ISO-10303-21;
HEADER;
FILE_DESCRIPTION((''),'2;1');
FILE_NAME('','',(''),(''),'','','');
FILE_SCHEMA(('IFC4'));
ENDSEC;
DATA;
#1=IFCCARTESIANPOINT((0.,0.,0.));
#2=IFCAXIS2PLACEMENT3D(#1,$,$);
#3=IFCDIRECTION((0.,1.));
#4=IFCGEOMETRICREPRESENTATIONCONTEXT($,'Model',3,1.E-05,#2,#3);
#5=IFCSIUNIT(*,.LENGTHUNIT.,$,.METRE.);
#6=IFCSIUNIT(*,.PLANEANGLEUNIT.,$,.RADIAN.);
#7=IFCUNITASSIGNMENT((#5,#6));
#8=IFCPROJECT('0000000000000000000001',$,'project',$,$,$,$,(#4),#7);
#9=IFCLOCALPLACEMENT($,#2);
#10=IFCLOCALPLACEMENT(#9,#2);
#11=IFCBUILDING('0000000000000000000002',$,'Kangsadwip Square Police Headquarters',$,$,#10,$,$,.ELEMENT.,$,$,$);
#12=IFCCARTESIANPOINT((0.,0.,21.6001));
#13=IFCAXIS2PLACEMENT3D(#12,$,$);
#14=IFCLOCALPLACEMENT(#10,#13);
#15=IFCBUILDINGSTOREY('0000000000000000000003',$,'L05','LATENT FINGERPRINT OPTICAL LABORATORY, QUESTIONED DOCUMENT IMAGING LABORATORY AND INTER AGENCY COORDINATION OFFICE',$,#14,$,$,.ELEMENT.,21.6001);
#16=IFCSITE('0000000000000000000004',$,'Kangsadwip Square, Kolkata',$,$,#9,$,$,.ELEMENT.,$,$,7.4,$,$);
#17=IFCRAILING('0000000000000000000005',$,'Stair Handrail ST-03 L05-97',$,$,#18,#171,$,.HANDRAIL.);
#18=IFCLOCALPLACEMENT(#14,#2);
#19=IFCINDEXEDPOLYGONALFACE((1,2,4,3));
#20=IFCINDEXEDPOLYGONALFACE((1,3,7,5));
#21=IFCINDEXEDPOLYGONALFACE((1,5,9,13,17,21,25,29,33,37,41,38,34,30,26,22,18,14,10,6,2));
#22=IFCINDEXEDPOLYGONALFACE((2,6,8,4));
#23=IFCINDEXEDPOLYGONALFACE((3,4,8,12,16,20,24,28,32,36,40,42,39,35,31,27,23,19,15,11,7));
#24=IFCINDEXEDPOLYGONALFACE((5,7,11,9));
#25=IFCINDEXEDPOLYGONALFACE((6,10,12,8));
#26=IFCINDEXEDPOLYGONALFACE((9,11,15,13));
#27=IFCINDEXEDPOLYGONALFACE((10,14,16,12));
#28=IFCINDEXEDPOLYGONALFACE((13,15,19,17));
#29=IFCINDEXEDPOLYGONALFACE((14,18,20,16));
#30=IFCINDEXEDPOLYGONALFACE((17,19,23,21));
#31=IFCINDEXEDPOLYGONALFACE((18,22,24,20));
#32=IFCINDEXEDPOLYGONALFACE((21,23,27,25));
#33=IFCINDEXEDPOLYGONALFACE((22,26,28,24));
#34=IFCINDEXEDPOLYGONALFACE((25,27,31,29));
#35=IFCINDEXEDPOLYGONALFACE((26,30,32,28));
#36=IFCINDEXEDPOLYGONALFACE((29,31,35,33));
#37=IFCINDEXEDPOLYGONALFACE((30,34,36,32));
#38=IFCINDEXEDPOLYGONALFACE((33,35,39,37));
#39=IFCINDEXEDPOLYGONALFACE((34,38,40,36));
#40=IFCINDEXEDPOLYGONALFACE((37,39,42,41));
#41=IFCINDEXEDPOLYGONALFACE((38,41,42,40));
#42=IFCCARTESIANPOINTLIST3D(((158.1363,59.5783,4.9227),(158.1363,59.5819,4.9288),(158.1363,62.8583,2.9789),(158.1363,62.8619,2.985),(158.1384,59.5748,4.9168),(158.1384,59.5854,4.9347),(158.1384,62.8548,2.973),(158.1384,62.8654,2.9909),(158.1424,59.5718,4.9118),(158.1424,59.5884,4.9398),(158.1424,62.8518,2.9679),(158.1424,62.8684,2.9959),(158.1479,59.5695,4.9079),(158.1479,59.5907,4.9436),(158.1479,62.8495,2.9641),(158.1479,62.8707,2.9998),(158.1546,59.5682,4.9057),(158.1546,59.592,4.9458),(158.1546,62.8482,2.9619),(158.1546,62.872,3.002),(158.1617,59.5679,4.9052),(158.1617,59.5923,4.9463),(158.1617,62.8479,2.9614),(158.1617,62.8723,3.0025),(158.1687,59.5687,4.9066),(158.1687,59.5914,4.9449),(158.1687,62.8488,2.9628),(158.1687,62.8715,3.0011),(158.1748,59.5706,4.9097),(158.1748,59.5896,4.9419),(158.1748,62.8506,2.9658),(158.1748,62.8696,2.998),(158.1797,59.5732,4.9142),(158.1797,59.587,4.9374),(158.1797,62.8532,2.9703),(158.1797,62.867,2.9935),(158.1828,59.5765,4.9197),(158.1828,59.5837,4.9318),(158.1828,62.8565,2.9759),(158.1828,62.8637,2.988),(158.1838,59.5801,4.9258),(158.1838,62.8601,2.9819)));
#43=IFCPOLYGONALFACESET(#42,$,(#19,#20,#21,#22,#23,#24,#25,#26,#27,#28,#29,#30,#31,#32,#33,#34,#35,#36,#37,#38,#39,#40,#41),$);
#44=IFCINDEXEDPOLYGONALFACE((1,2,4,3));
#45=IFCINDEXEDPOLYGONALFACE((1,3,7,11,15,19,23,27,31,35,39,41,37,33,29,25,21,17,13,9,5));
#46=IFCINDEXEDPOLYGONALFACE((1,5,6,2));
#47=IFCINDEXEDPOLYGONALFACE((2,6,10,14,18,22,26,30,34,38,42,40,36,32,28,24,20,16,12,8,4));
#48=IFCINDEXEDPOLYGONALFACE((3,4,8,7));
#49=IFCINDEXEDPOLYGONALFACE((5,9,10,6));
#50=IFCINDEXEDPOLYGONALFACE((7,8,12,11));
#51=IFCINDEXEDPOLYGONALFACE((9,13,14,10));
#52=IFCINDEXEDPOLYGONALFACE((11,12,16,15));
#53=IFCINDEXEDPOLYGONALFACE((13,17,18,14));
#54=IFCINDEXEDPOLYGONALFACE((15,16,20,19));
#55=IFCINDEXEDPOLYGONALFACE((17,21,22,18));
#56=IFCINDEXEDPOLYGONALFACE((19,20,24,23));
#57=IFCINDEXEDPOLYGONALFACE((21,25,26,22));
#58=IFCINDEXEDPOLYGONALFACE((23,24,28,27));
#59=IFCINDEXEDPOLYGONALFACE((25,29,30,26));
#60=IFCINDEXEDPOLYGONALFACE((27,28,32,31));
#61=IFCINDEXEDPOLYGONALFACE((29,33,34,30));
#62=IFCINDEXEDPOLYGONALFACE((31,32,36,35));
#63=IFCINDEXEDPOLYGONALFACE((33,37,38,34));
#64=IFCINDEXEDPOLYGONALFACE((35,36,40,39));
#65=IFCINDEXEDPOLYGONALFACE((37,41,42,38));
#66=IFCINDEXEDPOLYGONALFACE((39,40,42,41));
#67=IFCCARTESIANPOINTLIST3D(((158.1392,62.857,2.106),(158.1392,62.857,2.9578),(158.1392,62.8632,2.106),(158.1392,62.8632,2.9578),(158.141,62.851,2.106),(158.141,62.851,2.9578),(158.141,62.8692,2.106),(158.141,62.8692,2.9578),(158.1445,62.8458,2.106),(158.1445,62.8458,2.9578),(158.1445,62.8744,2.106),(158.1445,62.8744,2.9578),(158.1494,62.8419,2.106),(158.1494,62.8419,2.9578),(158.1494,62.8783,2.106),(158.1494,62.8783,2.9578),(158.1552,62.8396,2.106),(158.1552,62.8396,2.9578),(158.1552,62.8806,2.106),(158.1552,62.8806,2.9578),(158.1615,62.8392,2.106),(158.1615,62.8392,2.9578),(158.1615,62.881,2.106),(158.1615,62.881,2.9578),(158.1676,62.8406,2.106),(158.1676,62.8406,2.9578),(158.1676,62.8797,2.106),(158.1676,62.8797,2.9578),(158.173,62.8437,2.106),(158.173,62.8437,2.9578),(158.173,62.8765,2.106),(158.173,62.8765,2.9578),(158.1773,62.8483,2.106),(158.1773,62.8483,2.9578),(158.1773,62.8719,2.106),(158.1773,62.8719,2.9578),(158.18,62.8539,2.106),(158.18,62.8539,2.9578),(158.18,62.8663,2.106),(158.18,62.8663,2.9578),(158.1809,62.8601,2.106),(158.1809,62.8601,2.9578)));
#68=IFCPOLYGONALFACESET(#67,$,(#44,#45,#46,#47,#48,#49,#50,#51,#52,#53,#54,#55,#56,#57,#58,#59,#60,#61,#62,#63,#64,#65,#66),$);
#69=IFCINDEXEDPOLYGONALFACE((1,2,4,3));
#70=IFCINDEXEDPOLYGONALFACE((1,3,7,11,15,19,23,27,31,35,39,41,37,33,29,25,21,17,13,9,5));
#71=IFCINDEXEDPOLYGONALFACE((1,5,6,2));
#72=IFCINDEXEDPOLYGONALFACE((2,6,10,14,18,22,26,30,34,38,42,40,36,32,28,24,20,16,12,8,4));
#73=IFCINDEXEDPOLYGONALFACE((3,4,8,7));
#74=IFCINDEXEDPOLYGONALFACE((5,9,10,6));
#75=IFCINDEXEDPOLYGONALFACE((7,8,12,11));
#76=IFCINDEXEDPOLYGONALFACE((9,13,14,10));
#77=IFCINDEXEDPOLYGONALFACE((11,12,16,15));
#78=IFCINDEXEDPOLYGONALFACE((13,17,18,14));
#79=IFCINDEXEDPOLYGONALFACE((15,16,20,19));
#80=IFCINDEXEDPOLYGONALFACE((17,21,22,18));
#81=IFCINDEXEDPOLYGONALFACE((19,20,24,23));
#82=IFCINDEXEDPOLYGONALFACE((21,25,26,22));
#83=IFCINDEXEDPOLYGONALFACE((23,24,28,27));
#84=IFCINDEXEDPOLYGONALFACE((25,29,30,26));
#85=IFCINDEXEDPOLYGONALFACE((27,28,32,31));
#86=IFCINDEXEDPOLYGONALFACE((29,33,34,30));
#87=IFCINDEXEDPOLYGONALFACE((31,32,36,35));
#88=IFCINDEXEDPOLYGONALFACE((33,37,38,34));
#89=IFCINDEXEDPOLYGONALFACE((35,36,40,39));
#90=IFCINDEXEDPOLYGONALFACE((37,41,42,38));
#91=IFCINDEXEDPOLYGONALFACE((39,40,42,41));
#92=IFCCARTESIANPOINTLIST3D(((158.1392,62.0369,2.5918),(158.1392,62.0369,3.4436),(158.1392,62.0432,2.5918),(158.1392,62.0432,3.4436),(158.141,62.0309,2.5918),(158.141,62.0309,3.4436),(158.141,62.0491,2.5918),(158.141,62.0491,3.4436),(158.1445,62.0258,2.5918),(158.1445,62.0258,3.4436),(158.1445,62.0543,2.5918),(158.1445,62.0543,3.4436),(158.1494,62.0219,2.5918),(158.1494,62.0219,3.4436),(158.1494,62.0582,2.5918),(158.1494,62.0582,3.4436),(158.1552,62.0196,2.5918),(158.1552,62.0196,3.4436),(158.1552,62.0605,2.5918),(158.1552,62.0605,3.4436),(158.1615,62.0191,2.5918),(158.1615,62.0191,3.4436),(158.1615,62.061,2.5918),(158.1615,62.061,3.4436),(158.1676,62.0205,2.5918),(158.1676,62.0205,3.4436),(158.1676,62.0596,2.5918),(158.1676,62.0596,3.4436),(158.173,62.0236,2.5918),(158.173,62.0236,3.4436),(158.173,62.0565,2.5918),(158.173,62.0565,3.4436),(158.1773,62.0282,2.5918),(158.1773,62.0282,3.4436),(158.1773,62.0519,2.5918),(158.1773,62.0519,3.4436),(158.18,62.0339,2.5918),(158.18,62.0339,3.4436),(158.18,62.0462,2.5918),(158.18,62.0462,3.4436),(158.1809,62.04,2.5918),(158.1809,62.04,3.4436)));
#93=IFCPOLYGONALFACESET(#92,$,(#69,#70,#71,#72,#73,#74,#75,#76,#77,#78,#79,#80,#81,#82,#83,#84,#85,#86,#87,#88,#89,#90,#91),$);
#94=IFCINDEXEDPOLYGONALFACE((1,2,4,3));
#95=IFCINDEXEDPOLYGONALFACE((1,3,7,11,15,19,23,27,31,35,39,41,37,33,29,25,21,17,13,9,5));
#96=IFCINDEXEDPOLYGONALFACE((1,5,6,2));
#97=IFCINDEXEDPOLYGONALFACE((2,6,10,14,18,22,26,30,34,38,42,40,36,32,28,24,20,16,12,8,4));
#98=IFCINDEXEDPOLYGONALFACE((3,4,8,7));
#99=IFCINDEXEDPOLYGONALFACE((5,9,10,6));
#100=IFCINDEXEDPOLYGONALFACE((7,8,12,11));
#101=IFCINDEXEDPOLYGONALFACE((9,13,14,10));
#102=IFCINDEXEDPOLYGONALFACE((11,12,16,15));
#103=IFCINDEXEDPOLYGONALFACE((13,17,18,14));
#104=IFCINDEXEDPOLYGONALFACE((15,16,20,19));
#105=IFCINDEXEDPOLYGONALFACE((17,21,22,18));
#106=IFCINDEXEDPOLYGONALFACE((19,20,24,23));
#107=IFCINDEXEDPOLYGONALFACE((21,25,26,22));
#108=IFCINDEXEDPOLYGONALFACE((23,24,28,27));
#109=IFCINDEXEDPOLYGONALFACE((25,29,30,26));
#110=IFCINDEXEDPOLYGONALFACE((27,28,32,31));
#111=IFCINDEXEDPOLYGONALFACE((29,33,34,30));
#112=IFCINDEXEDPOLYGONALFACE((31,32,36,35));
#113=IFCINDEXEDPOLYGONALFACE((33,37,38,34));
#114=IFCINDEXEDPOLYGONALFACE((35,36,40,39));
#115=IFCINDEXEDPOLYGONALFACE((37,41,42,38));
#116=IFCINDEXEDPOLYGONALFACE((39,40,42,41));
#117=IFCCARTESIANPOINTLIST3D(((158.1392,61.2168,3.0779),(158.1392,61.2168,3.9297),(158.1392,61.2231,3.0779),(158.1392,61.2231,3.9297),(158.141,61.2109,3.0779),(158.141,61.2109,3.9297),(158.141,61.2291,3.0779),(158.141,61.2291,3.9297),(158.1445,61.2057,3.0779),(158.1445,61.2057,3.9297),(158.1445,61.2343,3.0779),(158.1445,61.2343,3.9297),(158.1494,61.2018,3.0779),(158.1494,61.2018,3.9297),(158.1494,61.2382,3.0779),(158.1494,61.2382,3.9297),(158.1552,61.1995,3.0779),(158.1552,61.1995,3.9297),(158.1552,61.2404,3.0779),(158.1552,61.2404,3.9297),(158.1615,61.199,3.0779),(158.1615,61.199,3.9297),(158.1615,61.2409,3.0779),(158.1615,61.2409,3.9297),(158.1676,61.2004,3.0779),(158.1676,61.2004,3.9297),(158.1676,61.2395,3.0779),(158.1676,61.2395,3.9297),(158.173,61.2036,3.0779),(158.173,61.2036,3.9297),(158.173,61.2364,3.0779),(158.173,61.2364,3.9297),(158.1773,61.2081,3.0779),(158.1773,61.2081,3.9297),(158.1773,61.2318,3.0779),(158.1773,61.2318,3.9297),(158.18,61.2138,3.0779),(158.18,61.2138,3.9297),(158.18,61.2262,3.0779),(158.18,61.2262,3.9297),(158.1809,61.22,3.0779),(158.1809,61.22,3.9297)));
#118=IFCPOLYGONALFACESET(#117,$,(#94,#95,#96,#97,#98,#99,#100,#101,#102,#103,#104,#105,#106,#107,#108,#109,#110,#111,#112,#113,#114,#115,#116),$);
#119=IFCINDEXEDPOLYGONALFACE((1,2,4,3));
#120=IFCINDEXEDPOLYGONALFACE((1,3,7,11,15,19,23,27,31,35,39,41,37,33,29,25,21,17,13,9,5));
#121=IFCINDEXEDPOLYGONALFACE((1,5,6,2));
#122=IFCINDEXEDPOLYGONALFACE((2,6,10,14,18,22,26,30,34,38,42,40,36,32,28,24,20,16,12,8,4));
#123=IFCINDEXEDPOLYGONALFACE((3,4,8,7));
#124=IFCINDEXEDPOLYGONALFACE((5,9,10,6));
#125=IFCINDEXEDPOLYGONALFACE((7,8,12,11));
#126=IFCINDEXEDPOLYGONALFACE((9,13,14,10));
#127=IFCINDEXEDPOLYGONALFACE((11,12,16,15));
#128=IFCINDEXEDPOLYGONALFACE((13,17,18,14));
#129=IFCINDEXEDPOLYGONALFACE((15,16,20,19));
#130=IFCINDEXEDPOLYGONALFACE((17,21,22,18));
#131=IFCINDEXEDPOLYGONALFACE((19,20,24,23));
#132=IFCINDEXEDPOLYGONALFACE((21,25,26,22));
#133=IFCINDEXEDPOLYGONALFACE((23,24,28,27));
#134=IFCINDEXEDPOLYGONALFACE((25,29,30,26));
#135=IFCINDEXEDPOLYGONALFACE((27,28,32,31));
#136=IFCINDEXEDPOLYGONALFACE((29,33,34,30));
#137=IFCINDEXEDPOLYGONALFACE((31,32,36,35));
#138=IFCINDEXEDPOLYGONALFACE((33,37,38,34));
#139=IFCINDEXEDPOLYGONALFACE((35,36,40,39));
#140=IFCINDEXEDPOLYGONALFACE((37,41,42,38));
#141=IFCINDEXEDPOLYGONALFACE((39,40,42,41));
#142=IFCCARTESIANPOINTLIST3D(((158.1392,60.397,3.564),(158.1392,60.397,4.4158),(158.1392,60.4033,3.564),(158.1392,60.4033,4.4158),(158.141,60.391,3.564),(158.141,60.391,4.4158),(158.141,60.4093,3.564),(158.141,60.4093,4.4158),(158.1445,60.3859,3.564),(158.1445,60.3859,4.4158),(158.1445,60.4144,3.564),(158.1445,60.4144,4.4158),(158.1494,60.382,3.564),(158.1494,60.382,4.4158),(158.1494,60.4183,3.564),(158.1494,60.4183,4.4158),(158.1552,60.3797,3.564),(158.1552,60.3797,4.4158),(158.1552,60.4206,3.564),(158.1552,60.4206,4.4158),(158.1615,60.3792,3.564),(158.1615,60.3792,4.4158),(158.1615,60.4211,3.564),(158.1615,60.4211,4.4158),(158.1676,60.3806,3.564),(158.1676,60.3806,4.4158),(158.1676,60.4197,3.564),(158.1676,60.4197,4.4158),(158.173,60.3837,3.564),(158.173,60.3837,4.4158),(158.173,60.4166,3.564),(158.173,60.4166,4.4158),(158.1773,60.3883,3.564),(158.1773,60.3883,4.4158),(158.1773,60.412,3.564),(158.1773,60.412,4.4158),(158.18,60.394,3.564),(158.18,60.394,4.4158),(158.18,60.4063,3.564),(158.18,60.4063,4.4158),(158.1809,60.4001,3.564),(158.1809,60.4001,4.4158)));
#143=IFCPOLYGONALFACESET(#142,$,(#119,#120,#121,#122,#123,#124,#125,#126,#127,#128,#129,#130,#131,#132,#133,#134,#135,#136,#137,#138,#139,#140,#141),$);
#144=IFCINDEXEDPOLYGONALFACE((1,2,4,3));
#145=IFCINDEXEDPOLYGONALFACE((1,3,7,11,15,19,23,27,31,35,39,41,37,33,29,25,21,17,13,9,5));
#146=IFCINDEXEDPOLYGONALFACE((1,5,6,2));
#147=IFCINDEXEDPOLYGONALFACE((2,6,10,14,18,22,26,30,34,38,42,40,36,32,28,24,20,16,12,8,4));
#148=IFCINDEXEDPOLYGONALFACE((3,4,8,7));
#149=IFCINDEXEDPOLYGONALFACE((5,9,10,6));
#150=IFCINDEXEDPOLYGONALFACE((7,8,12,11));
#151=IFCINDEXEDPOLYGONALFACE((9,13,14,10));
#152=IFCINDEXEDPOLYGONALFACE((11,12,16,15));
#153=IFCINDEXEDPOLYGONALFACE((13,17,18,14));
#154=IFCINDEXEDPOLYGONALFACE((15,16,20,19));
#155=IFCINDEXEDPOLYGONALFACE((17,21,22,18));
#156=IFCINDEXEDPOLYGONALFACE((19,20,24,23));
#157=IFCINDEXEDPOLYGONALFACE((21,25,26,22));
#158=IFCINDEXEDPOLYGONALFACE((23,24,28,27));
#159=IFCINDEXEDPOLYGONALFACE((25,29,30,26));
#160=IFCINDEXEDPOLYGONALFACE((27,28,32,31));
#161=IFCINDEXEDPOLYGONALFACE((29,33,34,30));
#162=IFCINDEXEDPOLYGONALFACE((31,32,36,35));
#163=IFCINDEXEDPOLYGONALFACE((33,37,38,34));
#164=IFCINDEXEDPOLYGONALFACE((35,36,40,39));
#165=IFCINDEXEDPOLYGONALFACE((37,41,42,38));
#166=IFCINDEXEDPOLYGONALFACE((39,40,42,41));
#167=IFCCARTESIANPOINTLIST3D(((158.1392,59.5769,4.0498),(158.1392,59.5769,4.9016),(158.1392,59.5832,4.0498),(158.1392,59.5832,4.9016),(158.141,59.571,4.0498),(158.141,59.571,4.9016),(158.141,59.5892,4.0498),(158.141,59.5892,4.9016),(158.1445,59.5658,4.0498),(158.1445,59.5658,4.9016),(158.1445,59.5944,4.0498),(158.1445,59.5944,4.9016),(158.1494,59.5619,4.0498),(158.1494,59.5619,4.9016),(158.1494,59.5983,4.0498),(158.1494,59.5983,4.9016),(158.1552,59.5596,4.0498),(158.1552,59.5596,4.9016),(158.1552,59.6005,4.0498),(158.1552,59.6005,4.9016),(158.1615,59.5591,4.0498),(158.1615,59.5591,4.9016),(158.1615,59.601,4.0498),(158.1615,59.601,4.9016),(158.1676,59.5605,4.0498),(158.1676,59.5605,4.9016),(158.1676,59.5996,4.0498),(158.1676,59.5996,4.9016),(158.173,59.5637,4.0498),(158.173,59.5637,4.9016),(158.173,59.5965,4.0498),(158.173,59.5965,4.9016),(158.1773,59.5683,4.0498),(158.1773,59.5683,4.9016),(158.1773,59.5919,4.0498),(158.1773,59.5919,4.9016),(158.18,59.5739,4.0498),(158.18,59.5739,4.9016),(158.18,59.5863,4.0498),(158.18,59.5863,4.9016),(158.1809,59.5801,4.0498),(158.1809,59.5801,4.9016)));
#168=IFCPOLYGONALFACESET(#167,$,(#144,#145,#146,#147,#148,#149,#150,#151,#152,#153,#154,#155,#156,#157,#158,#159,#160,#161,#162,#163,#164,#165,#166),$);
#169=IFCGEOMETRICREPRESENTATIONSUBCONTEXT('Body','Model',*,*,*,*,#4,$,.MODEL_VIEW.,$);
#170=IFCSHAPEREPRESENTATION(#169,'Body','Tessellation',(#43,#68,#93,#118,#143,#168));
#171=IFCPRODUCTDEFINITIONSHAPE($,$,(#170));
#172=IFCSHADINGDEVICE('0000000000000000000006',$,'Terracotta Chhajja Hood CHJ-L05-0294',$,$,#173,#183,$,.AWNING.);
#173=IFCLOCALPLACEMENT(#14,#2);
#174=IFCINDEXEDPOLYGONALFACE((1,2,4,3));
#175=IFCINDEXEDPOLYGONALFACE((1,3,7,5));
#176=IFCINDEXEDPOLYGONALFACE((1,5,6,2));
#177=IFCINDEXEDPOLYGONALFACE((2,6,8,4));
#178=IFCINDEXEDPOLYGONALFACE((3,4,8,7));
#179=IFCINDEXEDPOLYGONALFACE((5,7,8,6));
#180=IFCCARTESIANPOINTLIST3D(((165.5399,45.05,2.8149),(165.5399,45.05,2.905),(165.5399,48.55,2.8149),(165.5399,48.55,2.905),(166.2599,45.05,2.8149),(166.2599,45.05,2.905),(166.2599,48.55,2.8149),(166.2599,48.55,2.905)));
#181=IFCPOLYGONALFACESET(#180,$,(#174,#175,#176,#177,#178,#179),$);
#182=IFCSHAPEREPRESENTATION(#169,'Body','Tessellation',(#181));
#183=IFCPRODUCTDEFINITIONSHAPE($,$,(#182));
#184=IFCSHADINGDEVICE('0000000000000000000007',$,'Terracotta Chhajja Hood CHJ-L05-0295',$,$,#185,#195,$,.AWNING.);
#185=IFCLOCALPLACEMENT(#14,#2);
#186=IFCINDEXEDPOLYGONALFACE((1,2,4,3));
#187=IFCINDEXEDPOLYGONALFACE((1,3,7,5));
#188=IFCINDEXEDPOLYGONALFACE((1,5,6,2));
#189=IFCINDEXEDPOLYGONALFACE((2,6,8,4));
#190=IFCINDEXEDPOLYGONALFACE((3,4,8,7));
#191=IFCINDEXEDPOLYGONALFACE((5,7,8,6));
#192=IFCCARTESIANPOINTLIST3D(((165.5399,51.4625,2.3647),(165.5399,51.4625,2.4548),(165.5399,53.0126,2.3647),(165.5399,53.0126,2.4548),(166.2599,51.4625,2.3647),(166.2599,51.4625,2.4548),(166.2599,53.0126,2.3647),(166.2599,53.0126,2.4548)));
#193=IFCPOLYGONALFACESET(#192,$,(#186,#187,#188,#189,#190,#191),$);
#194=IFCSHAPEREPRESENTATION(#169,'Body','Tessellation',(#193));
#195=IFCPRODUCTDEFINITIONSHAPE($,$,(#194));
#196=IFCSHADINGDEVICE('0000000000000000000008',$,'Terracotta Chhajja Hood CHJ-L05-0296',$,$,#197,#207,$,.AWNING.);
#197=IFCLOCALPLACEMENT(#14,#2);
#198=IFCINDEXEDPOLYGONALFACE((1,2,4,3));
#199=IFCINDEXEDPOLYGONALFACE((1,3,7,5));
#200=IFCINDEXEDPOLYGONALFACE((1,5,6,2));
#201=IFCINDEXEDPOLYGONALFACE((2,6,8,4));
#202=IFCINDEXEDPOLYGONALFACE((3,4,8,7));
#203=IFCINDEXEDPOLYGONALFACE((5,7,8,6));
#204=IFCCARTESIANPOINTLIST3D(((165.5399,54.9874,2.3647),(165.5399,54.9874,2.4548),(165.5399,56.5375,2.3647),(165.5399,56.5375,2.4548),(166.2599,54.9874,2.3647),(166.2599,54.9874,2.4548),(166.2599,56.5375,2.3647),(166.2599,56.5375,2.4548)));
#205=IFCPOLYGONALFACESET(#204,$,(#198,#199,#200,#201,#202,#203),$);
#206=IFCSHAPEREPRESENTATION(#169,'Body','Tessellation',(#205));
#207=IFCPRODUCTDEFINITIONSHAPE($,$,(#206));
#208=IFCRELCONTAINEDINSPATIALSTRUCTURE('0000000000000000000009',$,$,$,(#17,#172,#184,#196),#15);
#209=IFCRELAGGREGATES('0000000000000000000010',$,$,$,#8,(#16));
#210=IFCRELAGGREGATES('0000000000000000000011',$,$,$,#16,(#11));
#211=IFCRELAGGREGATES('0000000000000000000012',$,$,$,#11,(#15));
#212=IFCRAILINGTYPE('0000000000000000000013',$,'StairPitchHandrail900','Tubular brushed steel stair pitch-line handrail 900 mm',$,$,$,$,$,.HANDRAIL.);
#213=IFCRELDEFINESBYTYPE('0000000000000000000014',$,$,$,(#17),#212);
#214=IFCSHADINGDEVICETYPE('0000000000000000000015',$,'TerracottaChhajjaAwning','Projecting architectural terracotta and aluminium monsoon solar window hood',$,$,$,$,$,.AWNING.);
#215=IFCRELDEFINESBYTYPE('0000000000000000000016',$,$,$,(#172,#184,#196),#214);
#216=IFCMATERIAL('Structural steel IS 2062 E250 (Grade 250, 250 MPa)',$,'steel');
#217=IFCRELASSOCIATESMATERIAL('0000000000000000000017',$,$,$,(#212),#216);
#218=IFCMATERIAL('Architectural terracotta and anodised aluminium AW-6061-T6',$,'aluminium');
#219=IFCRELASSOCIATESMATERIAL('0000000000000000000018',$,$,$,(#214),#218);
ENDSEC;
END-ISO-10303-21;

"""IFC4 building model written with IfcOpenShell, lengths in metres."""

from ifc_helpers import new_model, si_unit, direction, frame, origin, origin_2d, place, context, subcontext, project, spatial, rectangle, circle, extrude, material, type_object, element, save


model = new_model("IFC4")

# Units and contexts
model_context = context("Model", 3, precision=1e-05, world=origin(), true_north=direction((0.0, 1.0)))
body_context = subcontext(model_context, "Body", "Model", "MODEL_VIEW")
ifc_project = project(units=[si_unit("LENGTHUNIT", "METRE"), si_unit("PLANEANGLEUNIT", "RADIAN")], contexts=[model_context])

# Site, building, storey
site_placement = place(None, origin())
site = spatial("IfcSite", under=ifc_project, at=site_placement, Name="Kangsadwip Square, Kolkata", CompositionType="ELEMENT", RefElevation=7.4)
building_placement = place(site_placement, origin())
building = spatial("IfcBuilding", under=site, at=building_placement, Name="Kangsadwip Square Police Headquarters", CompositionType="ELEMENT")
storey_placement = place(building_placement, frame((0.0, 0.0, 21.6001)))
storey = spatial("IfcBuildingStorey", under=building, at=storey_placement, Name="L05", Description="LATENT FINGERPRINT OPTICAL LABORATORY, QUESTIONED DOCUMENT IMAGING LABORATORY AND INTER AGENCY COORDINATION OFFICE", CompositionType="ELEMENT", Elevation=21.6001)

# Railing
ifc_material_1 = material(Name="Structural steel IS 2062 E250 (Grade 250, 250 MPa)", Category="steel")
railing_type_1 = type_object("IfcRailingType", Name="StairPitchHandrail900", Description="Tubular brushed steel stair pitch-line handrail 900 mm", PredefinedType="HANDRAIL", material=ifc_material_1)
railing_placement = place(storey_placement, frame((158.1599, 62.8601, 2.106)))
element("IfcRailing", 1, at=railing_placement, inside=storey, type_object=railing_type_1, Name="Stair Handrail ST-03 L05-97", PredefinedType="HANDRAIL", context=body_context, shape_type="SweptSolid", body=[
    extrude(circle(Radius=0.0239, at=origin_2d()), frame((0.0, 0.0, 0.876), z_axis=(0.0, -0.860277, 0.509827), x_axis=(1.0, 0.0, 0.0)), (0.0, 0.0, 1.0), 3.8127),
    extrude(circle(Radius=0.021, at=origin_2d()), origin(), (0.0, 0.0, 1.0), 0.8518),
    extrude(circle(Radius=0.021, at=origin_2d()), frame((0.0, -0.8201, 0.4858)), (0.0, 0.0, 1.0), 0.8518),
    extrude(circle(Radius=0.021, at=origin_2d()), frame((0.0, -1.6401, 0.9719)), (0.0, 0.0, 1.0), 0.8518),
    extrude(circle(Radius=0.021, at=origin_2d()), frame((0.0, -2.46, 1.458)), (0.0, 0.0, 1.0), 0.8518),
    extrude(circle(Radius=0.021, at=origin_2d()), frame((0.0, -3.28, 1.9438)), (0.0, 0.0, 1.0), 0.8518),
])

# Shading devices
ifc_material_2 = material(Name="Architectural terracotta and anodised aluminium AW-6061-T6", Category="aluminium")
shading_device_type = type_object("IfcShadingDeviceType", Name="TerracottaChhajjaAwning", Description="Projecting architectural terracotta and aluminium monsoon solar window hood", PredefinedType="AWNING", material=ifc_material_2)
shading_device_1_placement = place(storey_placement, frame((165.8999, 46.8, 2.8149), z_axis=(0.0, 0.0, 1.0), x_axis=(0.0, 1.0, 0.0)))
element("IfcShadingDevice", 2, at=shading_device_1_placement, inside=storey, type_object=shading_device_type, Name="Terracotta Chhajja Hood CHJ-L05-0294", PredefinedType="AWNING", context=body_context, shape_type="SweptSolid", body=[
    extrude(rectangle(XDim=3.5, YDim=0.72, at=origin_2d()), origin(), (0.0, 0.0, 1.0), 0.0901),
])
for number, where, z_axis, x_axis, name in (
    (3, (165.8999, 52.2375, 2.3647), (0.0, 0.0, 1.0), (0.0, 1.0, 0.0), "Terracotta Chhajja Hood CHJ-L05-0295"),
    (4, (165.8999, 55.7625, 2.3647), (0.0, 0.0, 1.0), (0.0, 1.0, 0.0), "Terracotta Chhajja Hood CHJ-L05-0296"),
):
    element("IfcShadingDevice", number, at=place(storey_placement, frame(where, z_axis=z_axis, x_axis=x_axis)), inside=storey, type_object=shading_device_type, Name=name, PredefinedType="AWNING", context=body_context, shape_type="SweptSolid", body=[
        extrude(rectangle(XDim=1.55, YDim=0.72, at=origin_2d()), origin(), (0.0, 0.0, 1.0), 0.0901),
    ])

save(model, "model.ifc")
